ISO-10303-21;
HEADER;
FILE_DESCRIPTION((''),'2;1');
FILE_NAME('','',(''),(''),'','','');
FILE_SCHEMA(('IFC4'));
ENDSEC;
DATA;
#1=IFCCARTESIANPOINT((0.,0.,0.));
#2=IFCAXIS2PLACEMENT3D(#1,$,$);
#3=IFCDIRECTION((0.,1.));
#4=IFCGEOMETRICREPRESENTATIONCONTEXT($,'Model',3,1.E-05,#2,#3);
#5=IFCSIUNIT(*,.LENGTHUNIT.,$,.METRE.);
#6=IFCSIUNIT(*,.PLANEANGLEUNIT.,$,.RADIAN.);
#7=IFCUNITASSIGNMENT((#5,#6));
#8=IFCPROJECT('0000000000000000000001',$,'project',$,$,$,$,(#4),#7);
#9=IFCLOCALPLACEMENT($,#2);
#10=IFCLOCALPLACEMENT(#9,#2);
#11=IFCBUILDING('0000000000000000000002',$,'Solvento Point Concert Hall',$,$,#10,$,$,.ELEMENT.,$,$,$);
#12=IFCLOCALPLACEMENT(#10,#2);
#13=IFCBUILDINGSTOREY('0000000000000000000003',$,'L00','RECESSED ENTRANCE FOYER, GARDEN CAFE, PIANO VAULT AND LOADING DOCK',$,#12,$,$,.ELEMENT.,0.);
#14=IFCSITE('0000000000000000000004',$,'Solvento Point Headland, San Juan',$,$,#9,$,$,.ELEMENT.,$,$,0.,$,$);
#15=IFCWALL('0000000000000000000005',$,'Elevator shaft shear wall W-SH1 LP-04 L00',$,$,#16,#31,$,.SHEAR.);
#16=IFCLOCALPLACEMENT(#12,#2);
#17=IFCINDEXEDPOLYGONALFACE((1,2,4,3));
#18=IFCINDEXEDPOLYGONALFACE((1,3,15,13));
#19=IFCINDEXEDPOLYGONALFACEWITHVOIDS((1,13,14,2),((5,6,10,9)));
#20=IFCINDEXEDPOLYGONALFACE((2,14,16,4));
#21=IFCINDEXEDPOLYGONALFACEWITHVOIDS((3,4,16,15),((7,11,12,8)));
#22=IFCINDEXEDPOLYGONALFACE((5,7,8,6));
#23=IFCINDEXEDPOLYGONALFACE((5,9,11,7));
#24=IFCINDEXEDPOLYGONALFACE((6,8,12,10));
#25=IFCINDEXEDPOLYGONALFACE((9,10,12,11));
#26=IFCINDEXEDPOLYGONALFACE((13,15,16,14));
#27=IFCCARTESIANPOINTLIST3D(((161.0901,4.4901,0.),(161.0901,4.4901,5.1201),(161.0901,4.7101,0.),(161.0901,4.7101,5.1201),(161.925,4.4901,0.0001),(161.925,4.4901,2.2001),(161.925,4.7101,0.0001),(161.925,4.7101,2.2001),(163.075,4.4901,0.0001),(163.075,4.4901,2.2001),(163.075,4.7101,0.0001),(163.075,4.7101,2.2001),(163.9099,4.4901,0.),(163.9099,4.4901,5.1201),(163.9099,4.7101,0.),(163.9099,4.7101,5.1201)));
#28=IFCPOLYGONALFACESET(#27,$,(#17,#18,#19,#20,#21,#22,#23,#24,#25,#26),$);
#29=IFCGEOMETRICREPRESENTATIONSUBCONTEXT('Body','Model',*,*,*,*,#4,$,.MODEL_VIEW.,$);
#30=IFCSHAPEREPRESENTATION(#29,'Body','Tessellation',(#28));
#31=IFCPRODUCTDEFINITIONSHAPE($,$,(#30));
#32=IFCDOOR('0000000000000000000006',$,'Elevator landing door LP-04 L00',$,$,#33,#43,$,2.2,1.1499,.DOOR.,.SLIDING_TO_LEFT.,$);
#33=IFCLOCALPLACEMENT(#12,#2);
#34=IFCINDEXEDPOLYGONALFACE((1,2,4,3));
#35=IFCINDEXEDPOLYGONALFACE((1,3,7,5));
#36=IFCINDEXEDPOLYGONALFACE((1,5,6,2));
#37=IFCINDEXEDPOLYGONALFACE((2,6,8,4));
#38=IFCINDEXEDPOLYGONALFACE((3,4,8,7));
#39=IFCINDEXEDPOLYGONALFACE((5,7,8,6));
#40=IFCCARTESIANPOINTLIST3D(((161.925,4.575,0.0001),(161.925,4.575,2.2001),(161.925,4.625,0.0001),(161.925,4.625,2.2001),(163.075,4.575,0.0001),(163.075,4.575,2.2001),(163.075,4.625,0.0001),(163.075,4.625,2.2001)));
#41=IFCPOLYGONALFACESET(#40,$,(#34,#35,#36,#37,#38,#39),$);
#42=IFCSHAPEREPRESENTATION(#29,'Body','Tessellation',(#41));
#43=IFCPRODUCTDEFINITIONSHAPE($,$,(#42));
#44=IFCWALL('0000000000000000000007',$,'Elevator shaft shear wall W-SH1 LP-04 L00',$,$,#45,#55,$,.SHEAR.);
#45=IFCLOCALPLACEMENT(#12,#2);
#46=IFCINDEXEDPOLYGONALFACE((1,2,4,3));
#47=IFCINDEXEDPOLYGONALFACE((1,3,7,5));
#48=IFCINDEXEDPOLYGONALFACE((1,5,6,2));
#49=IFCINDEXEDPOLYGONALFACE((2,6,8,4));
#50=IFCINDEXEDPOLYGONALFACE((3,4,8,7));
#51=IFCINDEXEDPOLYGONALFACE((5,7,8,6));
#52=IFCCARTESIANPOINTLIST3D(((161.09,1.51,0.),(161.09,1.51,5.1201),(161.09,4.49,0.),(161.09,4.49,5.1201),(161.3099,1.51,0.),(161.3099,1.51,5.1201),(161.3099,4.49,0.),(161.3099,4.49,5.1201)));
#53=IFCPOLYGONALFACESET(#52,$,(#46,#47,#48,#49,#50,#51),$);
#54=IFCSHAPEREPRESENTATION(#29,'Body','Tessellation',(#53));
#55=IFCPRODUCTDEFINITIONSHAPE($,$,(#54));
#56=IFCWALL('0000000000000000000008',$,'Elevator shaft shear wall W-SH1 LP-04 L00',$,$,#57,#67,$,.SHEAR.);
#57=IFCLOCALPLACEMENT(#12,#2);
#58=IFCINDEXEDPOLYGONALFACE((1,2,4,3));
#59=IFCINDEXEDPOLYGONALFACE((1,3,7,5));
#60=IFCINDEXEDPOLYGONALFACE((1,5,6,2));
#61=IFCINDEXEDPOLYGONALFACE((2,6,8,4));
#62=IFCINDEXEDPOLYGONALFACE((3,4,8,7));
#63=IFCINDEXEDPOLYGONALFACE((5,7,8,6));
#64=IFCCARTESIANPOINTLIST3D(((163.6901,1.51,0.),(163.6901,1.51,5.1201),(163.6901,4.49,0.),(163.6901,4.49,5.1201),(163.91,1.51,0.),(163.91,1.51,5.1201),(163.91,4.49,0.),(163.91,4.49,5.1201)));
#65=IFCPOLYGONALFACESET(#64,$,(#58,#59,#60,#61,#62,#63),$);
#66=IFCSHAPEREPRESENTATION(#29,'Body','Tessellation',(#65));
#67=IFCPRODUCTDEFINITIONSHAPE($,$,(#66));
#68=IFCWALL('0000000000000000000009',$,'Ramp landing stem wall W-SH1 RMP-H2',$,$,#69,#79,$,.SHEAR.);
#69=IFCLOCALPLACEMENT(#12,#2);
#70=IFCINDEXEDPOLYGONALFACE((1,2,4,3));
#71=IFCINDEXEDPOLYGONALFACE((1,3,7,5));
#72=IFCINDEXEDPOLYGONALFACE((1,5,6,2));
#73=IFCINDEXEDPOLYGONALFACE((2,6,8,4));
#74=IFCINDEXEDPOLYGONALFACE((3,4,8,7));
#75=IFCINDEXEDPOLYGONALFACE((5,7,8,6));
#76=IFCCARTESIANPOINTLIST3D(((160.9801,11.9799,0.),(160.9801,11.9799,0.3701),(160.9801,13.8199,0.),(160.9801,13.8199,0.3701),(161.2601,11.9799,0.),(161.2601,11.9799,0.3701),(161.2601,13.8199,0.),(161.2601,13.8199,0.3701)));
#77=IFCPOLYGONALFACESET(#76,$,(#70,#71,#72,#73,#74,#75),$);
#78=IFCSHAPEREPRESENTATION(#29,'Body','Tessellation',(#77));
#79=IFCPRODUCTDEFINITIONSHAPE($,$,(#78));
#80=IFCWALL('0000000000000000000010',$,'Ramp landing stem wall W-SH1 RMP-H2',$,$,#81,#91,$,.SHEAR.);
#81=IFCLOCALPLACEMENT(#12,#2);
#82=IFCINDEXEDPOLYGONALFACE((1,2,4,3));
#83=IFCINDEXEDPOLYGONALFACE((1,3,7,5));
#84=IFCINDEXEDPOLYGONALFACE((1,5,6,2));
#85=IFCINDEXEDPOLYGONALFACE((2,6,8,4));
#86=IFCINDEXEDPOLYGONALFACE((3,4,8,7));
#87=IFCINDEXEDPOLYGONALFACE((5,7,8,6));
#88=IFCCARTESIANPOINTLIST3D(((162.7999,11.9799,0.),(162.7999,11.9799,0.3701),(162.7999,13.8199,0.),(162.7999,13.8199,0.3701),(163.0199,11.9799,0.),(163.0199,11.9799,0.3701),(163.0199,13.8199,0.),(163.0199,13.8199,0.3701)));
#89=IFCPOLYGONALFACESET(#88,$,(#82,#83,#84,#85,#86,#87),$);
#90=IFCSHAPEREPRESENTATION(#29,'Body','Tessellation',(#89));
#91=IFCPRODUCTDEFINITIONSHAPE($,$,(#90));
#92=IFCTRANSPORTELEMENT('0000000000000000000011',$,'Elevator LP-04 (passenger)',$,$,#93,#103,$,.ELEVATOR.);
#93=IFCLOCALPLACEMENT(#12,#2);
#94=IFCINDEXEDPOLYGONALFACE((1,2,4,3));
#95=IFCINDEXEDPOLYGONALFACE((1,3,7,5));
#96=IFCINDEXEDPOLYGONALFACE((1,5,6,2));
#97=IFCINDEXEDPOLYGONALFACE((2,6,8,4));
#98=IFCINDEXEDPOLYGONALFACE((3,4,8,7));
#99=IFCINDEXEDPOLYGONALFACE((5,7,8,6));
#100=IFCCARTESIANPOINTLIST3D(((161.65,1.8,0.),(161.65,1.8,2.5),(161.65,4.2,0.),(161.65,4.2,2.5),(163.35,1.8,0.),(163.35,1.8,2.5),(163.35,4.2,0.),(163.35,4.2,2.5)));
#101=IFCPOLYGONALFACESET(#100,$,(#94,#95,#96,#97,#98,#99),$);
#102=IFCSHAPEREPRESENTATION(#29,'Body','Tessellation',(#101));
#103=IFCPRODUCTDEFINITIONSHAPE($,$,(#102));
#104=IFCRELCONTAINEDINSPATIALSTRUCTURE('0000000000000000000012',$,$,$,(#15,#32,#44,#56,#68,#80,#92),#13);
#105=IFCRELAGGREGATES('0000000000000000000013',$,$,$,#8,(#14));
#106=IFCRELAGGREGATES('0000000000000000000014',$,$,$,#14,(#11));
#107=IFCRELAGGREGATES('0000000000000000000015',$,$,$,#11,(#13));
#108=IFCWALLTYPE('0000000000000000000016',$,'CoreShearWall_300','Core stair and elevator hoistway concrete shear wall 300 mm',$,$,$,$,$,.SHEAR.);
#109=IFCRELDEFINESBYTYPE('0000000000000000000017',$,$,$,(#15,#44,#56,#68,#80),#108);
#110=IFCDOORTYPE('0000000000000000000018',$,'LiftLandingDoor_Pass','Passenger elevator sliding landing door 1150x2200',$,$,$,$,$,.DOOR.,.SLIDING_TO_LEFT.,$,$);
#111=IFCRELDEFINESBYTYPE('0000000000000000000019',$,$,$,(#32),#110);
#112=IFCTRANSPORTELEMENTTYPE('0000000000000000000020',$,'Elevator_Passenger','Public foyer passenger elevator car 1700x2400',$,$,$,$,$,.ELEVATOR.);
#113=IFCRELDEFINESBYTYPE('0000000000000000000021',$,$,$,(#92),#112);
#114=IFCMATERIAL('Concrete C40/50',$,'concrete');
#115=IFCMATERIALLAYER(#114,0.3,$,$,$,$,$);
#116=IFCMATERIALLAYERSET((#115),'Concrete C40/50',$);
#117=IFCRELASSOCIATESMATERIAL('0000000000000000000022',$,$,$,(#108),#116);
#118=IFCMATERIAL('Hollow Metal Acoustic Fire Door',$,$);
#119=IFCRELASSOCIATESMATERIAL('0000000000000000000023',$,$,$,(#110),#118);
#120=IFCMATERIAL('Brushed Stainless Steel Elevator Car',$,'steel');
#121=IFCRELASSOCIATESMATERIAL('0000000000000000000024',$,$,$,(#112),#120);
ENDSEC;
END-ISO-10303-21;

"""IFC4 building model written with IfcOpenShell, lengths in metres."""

from ifc_helpers import new_model, si_unit, direction, frame, frame_2d, origin, origin_2d, place, context, subcontext, project, spatial, rectangle, extrude, material, layer, layer_set, type_object, element, fill, save


model = new_model("IFC4")

# Units and contexts
model_context = context("Model", 3, precision=1e-05, world=origin(), true_north=direction((0.0, 1.0)))
body_context = subcontext(model_context, "Body", "Model", "MODEL_VIEW")
ifc_project = project(units=[si_unit("LENGTHUNIT", "METRE"), si_unit("PLANEANGLEUNIT", "RADIAN")], contexts=[model_context])

# Site, building, storey
site_placement = place(None, origin())
site = spatial("IfcSite", under=ifc_project, at=site_placement, Name="Solvento Point Headland, San Juan", CompositionType="ELEMENT", RefElevation=0.0)
building_placement = place(site_placement, origin())
building = spatial("IfcBuilding", under=site, at=building_placement, Name="Solvento Point Concert Hall", CompositionType="ELEMENT")
storey_placement = place(building_placement, origin())
storey = spatial("IfcBuildingStorey", under=building, at=storey_placement, Name="L00", Description="RECESSED ENTRANCE FOYER, GARDEN CAFE, PIANO VAULT AND LOADING DOCK", CompositionType="ELEMENT", Elevation=0.0)

# Shared definitions
ifc_material_1 = material(Name="Concrete C40/50", Category="concrete")
ifc_layer = layer(ifc_material_1, 0.3)
ifc_layer_set = layer_set([ifc_layer], Name="Concrete C40/50")
wall_type = type_object("IfcWallType", Name="CoreShearWall_300", Description="Core stair and elevator hoistway concrete shear wall 300 mm", PredefinedType="SHEAR", material=ifc_layer_set)

# Wall, opening, door
wall_1_placement = place(storey_placement, frame((161.0901, 4.6001, 0.0), z_axis=(0.0, 0.0, 1.0), x_axis=(1.0, 0.0, 0.0)))
wall_1 = element("IfcWall", 1, at=wall_1_placement, inside=storey, type_object=wall_type, Name="Elevator shaft shear wall W-SH1 LP-04 L00", PredefinedType="SHEAR", context=body_context, shape_type="SweptSolid", body=[
    extrude(rectangle(XDim=2.8198, YDim=0.22, at=frame_2d((1.4099, 0.0))), origin(), (0.0, 0.0, 1.0), 5.1201),
])
opening_placement = place(wall_1_placement, frame((0.835, 0.0, 0.0)))
opening = element("IfcOpeningElement", 2, at=opening_placement, cuts=wall_1, PredefinedType="OPENING", context=body_context, shape_type="SweptSolid", body=[
    extrude(rectangle(XDim=1.1499, YDim=2.2, at=frame_2d((0.575, 1.1001))), frame((0.0, 0.1199, 0.0), z_axis=(0.0, -1.0, 0.0), x_axis=(1.0, 0.0, 0.0)), (0.0, 0.0, 1.0), 0.24),
])
ifc_material_2 = material(Name="Hollow Metal Acoustic Fire Door")
door_type = type_object("IfcDoorType", Name="LiftLandingDoor_Pass", Description="Passenger elevator sliding landing door 1150x2200", OperationType="SLIDING_TO_LEFT", PredefinedType="DOOR", material=ifc_material_2)
door_placement = place(opening_placement, origin())
door = element("IfcDoor", 3, at=door_placement, inside=storey, type_object=door_type, Name="Elevator landing door LP-04 L00", OperationType="SLIDING_TO_LEFT", OverallHeight=2.2, OverallWidth=1.1499, PredefinedType="DOOR", context=body_context, shape_type="SweptSolid", body=[
    extrude(rectangle(XDim=1.1499, YDim=2.2, at=frame_2d((0.575, 1.1001))), frame((0.0, 0.0249, 0.0), z_axis=(0.0, -1.0, 0.0), x_axis=(1.0, 0.0, 0.0)), (0.0, 0.0, 1.0), 0.05),
])
fill(opening, door)

# Walls
for number, where, z_axis, x_axis, name in (
    (4, (161.2, 1.51, 0.0), (0.0, 0.0, 1.0), (0.0, 1.0, 0.0), "Elevator shaft shear wall W-SH1 LP-04 L00"),
    (5, (163.8, 1.51, 0.0), (0.0, 0.0, 1.0), (0.0, 1.0, 0.0), "Elevator shaft shear wall W-SH1 LP-04 L00"),
):
    element("IfcWall", number, at=place(storey_placement, frame(where, z_axis=z_axis, x_axis=x_axis)), inside=storey, type_object=wall_type, Name=name, PredefinedType="SHEAR", context=body_context, shape_type="SweptSolid", body=[
        extrude(rectangle(XDim=2.98, YDim=0.22, at=frame_2d((1.49, 0.0))), origin(), (0.0, 0.0, 1.0), 5.1201),
    ])
wall_2_placement = place(storey_placement, frame((161.1201, 11.98, 0.0), z_axis=(0.0, 0.0, 1.0), x_axis=(0.0, 1.0, 0.0)))
element("IfcWall", 6, at=wall_2_placement, inside=storey, type_object=wall_type, Name="Ramp landing stem wall W-SH1 RMP-H2", PredefinedType="SHEAR", context=body_context, shape_type="SweptSolid", body=[
    extrude(rectangle(XDim=1.8401, YDim=0.28, at=frame_2d((0.9199, 0.0))), origin(), (0.0, 0.0, 1.0), 0.3701),
])
wall_3_placement = place(storey_placement, frame((162.9099, 11.98, 0.0), z_axis=(0.0, 0.0, 1.0), x_axis=(0.0, 1.0, 0.0)))
element("IfcWall", 7, at=wall_3_placement, inside=storey, type_object=wall_type, Name="Ramp landing stem wall W-SH1 RMP-H2", PredefinedType="SHEAR", context=body_context, shape_type="SweptSolid", body=[
    extrude(rectangle(XDim=1.8401, YDim=0.22, at=frame_2d((0.9199, 0.0))), origin(), (0.0, 0.0, 1.0), 0.3701),
])

# Transport element
ifc_material_3 = material(Name="Brushed Stainless Steel Elevator Car", Category="steel")
transport_element_type = type_object("IfcTransportElementType", Name="Elevator_Passenger", Description="Public foyer passenger elevator car 1700x2400", PredefinedType="ELEVATOR", material=ifc_material_3)
transport_element_placement = place(storey_placement, frame((162.5, 3.0, 0.0), z_axis=(0.0, 0.0, 1.0), x_axis=(1.0, 0.0, 0.0)))
element("IfcTransportElement", 8, at=transport_element_placement, inside=storey, type_object=transport_element_type, Name="Elevator LP-04 (passenger)", PredefinedType="ELEVATOR", context=body_context, shape_type="SweptSolid", body=[
    extrude(rectangle(XDim=1.7, YDim=2.3999, at=origin_2d()), origin(), (0.0, 0.0, 1.0), 2.5),
])

save(model, "model.ifc")
